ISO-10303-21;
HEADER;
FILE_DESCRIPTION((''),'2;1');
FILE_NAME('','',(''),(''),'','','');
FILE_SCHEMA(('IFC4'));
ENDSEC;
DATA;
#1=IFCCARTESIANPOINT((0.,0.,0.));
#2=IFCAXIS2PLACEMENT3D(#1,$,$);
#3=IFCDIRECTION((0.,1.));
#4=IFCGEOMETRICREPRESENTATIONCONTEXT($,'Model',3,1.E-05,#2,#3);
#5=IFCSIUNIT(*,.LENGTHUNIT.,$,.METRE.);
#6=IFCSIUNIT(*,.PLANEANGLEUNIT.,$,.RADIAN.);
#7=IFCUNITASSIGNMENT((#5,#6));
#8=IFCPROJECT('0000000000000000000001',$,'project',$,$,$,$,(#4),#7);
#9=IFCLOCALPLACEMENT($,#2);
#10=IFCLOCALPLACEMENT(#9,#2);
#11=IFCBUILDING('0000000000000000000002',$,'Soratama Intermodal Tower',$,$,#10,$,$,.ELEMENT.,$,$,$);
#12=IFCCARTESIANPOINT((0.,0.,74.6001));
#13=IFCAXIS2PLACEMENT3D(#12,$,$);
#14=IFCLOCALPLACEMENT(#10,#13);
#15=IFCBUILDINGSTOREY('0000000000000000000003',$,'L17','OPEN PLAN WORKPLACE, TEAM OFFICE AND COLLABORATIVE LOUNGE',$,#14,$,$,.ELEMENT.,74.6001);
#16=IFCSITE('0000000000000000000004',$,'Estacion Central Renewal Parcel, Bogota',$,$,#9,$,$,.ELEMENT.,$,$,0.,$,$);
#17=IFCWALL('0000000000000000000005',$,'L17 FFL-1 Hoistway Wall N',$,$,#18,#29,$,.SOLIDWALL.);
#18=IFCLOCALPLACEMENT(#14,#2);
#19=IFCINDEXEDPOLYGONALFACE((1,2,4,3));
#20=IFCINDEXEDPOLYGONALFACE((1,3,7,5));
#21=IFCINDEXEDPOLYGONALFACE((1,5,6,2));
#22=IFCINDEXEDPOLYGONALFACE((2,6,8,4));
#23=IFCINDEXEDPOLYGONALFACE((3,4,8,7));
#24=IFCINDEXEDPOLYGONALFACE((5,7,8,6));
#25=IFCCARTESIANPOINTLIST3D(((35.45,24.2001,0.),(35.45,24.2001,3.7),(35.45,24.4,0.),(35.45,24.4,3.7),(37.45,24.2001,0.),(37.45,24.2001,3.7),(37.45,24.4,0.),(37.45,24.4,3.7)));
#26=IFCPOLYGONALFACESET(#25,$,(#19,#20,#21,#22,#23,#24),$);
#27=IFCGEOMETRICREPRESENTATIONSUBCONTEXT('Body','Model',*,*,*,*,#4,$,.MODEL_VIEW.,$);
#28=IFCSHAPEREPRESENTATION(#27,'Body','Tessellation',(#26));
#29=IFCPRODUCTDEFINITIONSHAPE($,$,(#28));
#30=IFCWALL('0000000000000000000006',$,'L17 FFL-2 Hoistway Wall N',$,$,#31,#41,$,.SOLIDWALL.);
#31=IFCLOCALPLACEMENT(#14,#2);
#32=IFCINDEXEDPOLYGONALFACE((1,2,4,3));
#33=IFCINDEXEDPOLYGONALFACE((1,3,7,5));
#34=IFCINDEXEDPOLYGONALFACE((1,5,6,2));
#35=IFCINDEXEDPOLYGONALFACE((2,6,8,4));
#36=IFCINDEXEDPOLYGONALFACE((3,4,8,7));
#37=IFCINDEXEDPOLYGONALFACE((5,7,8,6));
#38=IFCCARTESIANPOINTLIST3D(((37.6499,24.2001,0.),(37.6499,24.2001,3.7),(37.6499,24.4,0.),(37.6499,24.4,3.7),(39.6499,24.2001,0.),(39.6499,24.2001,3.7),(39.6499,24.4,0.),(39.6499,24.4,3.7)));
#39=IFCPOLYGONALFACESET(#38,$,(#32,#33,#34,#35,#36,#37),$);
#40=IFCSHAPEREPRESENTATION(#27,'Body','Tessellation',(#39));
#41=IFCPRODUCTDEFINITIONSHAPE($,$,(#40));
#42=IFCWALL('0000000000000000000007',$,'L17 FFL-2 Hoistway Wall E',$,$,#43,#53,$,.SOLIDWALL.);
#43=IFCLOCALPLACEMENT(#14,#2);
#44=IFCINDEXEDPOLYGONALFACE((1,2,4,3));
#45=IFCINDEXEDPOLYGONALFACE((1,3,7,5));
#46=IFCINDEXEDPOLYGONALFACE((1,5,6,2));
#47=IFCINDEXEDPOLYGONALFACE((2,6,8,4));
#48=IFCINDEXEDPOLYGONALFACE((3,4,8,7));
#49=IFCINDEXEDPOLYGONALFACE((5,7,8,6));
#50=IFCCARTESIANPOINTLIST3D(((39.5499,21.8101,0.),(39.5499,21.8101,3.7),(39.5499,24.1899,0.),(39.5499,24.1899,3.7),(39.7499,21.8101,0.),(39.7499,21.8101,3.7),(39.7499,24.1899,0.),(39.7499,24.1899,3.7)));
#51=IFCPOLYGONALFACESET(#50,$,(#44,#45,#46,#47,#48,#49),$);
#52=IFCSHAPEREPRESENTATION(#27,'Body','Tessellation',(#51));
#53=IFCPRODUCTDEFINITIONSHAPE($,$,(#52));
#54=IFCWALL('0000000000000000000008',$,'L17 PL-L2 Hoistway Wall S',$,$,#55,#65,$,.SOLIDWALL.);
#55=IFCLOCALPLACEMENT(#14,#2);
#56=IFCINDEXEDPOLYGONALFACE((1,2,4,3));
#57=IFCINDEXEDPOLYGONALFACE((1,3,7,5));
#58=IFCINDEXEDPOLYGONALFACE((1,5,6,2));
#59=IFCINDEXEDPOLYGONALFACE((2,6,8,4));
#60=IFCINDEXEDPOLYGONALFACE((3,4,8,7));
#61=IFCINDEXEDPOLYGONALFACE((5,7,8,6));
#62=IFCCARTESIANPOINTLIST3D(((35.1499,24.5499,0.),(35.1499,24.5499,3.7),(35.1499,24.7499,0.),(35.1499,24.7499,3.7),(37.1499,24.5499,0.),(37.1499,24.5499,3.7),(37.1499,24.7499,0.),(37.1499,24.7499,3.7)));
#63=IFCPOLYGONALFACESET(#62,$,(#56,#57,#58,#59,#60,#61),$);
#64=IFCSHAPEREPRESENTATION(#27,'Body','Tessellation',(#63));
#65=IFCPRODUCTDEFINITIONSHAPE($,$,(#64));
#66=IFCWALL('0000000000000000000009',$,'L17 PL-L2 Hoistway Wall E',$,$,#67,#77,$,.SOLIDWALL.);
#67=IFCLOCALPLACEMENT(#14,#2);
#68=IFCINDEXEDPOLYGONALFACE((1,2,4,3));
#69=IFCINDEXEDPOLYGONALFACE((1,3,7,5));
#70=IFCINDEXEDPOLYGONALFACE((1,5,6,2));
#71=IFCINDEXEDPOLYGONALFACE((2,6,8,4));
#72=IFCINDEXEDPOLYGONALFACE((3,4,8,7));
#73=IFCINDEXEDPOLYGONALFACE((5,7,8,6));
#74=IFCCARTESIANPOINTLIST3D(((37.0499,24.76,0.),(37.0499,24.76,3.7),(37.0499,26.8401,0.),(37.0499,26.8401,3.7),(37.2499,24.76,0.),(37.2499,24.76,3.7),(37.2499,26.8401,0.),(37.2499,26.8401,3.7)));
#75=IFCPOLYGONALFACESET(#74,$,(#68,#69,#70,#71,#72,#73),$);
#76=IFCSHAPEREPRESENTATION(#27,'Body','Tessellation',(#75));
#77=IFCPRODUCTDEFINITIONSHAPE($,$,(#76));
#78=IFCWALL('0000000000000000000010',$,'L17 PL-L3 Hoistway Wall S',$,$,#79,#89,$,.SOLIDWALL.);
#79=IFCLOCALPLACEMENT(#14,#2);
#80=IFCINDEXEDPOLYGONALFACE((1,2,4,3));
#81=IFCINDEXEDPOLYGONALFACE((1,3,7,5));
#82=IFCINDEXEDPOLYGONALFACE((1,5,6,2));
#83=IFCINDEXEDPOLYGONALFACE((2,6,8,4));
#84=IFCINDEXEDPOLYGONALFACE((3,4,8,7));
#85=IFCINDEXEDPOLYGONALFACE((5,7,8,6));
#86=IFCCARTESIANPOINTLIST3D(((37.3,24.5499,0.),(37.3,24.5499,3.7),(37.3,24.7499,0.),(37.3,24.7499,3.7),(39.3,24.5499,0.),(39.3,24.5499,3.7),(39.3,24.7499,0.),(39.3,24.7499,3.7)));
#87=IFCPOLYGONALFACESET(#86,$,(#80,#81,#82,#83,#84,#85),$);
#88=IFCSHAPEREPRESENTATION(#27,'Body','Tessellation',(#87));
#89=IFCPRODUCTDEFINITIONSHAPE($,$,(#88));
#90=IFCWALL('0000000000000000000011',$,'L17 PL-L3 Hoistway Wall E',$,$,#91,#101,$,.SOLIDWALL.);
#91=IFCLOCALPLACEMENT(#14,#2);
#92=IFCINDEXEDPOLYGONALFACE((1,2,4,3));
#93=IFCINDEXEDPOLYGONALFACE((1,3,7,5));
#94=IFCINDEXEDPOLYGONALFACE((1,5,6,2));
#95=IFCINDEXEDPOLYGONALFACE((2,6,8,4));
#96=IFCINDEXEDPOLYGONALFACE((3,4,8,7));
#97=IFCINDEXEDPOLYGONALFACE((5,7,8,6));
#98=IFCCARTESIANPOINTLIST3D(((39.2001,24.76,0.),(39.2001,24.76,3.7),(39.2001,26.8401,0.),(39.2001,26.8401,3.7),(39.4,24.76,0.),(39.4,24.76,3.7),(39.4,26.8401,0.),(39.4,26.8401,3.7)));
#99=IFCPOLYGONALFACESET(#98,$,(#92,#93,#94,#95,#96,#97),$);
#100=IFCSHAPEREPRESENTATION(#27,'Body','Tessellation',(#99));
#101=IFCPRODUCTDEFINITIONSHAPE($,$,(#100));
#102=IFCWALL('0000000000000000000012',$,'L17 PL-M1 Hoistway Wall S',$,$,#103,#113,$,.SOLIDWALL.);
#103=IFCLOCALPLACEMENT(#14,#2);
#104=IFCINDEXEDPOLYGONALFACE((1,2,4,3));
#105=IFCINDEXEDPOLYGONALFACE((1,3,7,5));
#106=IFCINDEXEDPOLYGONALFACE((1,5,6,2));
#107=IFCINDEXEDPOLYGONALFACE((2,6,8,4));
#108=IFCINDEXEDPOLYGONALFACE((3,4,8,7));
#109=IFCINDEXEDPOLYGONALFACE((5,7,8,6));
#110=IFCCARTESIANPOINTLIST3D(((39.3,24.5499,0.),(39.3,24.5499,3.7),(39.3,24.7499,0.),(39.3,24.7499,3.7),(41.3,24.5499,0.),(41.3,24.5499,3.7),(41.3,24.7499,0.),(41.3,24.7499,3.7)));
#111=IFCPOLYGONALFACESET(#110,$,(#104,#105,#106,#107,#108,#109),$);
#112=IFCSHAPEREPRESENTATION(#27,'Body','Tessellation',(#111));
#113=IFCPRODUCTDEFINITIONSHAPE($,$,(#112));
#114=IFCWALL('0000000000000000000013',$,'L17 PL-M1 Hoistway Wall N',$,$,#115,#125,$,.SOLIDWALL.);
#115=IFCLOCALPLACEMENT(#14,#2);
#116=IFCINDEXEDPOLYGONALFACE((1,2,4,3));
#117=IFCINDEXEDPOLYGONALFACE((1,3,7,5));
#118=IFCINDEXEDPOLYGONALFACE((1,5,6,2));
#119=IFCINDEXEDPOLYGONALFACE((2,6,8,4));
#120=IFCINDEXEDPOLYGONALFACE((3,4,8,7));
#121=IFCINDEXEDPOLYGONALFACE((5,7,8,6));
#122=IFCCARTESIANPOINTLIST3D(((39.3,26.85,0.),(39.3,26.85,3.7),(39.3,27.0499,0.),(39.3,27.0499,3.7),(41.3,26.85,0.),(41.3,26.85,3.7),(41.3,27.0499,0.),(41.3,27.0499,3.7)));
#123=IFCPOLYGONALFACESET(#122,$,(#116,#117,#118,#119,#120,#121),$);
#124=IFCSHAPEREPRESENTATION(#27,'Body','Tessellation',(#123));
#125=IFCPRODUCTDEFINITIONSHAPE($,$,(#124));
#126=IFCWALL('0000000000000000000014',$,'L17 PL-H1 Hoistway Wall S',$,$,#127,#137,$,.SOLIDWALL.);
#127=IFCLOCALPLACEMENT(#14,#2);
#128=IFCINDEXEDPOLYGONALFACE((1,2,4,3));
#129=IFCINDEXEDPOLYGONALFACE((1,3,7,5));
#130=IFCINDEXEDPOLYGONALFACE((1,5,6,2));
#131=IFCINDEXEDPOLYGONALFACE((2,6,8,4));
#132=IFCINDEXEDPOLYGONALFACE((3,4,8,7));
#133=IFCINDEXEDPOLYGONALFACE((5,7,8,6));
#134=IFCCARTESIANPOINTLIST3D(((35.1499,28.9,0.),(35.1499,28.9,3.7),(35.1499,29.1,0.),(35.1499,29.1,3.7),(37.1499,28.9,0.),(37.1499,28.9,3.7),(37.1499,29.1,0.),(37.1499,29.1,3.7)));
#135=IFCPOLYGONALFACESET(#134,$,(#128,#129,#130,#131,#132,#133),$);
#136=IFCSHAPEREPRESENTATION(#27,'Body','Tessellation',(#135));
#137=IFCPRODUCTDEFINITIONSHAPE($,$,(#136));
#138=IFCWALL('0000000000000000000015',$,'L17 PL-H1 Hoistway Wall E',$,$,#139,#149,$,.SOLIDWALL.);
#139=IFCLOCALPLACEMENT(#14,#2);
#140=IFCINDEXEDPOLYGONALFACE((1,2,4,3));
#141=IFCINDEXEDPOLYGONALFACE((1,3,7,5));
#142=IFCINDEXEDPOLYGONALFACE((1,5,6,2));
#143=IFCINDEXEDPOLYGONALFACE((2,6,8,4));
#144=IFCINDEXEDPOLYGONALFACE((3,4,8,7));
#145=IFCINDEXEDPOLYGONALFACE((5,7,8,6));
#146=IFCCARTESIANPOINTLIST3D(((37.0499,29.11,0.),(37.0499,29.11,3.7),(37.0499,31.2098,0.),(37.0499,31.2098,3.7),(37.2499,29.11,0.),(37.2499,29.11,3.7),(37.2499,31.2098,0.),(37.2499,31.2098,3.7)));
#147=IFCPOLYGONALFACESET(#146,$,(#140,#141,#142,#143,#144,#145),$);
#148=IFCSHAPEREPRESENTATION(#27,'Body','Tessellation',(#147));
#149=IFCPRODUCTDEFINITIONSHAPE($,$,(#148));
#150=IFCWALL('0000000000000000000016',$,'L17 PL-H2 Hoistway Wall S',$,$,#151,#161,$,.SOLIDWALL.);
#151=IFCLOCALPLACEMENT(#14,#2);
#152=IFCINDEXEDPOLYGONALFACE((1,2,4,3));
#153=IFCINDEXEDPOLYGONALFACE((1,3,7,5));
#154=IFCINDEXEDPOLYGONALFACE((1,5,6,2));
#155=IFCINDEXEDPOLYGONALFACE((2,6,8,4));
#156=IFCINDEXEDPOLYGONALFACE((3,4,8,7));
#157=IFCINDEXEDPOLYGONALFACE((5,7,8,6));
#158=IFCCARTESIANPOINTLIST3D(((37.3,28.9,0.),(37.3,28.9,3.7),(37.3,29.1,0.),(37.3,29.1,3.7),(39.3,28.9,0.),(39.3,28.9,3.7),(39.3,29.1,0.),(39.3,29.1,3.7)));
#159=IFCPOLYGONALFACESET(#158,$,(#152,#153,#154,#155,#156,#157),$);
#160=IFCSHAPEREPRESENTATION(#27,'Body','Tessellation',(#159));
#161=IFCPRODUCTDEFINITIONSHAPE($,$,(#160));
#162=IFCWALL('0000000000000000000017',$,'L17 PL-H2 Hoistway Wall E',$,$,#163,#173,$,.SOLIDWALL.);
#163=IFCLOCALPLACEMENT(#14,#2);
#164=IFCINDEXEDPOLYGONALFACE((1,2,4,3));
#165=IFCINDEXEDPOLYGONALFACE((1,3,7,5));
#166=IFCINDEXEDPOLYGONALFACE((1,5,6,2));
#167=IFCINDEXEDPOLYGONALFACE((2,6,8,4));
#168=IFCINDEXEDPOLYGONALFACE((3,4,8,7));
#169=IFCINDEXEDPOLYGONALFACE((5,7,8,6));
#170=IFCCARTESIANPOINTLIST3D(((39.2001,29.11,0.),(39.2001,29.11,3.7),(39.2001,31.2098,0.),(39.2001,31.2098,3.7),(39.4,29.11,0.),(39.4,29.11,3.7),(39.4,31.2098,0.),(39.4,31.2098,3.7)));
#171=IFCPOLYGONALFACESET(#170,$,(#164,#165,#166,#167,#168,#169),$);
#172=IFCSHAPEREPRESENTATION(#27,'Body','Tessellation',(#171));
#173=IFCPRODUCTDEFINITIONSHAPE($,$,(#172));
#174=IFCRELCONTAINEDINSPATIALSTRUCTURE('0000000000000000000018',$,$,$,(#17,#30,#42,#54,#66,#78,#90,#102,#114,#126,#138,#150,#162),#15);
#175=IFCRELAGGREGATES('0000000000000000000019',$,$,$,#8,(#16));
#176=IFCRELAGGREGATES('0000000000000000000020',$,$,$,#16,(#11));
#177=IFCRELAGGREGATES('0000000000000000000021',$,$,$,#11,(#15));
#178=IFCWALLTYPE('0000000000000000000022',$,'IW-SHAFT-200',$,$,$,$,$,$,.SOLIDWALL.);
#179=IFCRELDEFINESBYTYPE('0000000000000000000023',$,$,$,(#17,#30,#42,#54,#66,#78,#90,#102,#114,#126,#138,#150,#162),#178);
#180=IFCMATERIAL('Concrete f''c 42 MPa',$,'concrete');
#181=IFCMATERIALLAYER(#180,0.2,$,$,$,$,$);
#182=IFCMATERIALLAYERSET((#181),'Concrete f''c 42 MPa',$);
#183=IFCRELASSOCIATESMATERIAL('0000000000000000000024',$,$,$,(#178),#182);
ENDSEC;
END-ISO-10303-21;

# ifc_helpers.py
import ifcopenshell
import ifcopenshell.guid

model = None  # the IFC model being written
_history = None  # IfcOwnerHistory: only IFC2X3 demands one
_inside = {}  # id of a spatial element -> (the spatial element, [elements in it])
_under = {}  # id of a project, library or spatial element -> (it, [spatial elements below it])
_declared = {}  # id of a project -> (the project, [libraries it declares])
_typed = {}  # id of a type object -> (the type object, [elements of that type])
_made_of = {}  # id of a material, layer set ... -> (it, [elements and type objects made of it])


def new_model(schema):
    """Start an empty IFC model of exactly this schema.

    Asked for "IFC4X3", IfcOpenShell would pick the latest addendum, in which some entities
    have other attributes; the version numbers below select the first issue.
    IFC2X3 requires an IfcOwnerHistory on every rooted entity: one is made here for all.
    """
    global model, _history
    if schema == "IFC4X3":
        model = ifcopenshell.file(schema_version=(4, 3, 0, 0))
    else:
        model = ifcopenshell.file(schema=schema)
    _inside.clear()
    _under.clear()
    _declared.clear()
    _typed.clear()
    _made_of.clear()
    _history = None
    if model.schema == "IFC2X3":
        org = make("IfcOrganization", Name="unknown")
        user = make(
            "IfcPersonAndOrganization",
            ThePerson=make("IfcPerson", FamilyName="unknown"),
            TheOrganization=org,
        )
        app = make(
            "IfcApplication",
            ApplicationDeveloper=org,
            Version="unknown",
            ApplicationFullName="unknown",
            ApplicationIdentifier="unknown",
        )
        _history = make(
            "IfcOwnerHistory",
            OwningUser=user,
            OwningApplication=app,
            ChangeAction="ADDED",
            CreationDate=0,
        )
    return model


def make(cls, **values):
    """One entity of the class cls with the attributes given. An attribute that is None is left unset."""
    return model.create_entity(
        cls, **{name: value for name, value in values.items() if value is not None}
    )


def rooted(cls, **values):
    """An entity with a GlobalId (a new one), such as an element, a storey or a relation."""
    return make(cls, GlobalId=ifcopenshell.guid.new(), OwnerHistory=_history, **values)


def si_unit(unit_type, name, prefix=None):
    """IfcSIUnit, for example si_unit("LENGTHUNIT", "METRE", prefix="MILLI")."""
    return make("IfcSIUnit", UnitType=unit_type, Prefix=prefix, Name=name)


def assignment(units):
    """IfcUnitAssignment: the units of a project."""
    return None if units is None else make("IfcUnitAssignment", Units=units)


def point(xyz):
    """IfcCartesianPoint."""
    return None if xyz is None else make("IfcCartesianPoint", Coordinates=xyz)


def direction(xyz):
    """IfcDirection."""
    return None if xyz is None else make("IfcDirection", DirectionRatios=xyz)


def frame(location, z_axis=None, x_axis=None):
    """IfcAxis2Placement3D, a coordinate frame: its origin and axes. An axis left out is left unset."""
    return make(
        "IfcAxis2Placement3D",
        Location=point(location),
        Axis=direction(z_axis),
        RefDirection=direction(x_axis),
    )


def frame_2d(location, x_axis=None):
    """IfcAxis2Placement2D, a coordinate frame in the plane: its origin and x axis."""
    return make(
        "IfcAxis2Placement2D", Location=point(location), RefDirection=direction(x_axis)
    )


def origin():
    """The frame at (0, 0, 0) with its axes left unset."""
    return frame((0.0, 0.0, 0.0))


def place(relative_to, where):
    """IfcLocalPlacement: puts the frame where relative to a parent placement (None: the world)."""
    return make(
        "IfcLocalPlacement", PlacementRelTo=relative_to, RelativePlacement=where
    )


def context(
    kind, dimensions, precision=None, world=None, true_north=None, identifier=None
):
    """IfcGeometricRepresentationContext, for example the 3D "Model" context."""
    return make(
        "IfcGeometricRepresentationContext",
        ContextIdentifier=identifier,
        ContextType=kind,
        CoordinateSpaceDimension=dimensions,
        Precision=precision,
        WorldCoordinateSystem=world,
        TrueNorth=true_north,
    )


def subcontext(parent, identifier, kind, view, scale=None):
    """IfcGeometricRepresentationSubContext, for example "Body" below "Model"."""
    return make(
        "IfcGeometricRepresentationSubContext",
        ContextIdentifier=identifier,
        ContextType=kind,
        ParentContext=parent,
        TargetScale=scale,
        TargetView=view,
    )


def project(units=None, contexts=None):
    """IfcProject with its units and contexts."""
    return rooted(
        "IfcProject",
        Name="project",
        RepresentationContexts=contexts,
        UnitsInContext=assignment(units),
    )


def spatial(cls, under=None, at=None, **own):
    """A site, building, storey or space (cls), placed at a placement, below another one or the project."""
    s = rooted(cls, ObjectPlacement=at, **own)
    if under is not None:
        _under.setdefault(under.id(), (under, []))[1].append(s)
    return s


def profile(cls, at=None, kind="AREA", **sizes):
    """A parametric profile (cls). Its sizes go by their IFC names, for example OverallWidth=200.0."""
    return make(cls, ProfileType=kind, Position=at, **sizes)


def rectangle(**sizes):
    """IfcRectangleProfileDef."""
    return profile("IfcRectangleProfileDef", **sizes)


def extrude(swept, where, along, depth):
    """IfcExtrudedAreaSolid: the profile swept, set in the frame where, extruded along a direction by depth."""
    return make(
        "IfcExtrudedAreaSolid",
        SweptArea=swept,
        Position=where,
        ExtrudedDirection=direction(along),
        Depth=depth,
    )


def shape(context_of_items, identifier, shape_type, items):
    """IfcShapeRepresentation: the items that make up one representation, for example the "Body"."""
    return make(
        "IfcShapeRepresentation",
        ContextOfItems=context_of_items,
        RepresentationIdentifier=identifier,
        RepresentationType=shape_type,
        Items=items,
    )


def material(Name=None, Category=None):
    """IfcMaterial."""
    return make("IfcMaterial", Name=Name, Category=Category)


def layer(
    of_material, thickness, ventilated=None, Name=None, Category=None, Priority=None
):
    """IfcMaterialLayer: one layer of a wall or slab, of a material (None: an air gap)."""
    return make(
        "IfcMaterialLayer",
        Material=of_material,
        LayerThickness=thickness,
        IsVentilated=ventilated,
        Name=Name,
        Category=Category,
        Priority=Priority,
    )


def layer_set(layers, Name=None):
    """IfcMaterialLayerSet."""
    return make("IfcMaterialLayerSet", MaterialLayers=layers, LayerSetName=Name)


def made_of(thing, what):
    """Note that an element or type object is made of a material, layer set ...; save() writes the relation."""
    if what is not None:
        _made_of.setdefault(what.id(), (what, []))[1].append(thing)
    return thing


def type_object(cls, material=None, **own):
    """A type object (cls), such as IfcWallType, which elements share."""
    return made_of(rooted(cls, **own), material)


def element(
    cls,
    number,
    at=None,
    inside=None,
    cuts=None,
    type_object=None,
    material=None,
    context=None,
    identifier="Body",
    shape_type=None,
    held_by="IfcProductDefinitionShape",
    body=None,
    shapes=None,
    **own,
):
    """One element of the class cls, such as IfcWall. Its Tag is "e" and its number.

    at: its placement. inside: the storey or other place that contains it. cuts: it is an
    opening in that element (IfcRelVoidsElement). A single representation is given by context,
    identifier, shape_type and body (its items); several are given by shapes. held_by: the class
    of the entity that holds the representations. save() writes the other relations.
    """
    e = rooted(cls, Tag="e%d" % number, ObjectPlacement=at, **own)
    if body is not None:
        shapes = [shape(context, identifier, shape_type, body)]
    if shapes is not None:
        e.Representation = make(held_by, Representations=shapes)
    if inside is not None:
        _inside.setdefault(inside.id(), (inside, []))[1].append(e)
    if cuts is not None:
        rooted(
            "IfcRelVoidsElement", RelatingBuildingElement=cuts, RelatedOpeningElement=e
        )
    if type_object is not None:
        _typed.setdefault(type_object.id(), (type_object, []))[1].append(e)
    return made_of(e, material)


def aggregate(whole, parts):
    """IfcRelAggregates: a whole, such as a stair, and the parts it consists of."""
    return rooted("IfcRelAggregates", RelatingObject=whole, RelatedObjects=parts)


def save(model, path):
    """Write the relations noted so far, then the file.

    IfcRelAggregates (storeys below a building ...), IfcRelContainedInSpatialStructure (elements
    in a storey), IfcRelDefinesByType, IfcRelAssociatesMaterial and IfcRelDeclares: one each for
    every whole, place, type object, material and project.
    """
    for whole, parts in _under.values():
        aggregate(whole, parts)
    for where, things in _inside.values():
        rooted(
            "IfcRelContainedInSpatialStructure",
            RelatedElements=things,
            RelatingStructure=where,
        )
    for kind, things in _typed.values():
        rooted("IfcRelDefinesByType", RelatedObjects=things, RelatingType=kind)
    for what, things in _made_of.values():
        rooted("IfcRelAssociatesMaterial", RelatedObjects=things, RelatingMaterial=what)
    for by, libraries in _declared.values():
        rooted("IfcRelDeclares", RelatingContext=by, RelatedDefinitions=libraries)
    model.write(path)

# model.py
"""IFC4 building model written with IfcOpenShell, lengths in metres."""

from ifc_helpers import new_model, si_unit, direction, frame, frame_2d, origin, place, context, subcontext, project, spatial, rectangle, extrude, material, layer, layer_set, type_object, element, save


model = new_model("IFC4")

# Units and contexts
model_context = context("Model", 3, precision=1e-05, world=origin(), true_north=direction((0.0, 1.0)))
body_context = subcontext(model_context, "Body", "Model", "MODEL_VIEW")
ifc_project = project(units=[si_unit("LENGTHUNIT", "METRE"), si_unit("PLANEANGLEUNIT", "RADIAN")], contexts=[model_context])

# Site, building, storey
site_placement = place(None, origin())
site = spatial("IfcSite", under=ifc_project, at=site_placement, Name="Estacion Central Renewal Parcel, Bogota", CompositionType="ELEMENT", RefElevation=0.0)
building_placement = place(site_placement, origin())
building = spatial("IfcBuilding", under=site, at=building_placement, Name="Soratama Intermodal Tower", CompositionType="ELEMENT")
storey_placement = place(building_placement, frame((0.0, 0.0, 74.6001)))
storey = spatial("IfcBuildingStorey", under=building, at=storey_placement, Name="L17", Description="OPEN PLAN WORKPLACE, TEAM OFFICE AND COLLABORATIVE LOUNGE", CompositionType="ELEMENT", Elevation=74.6001)

# Walls
ifc_material_1 = material(Name="Concrete f'c 42 MPa", Category="concrete")
ifc_layer_1 = layer(ifc_material_1, 0.2)
ifc_layer_set_1 = layer_set([ifc_layer_1], Name="Concrete f'c 42 MPa")
wall_type = type_object("IfcWallType", Name="IW-SHAFT-200", PredefinedType="SOLIDWALL", material=ifc_layer_set_1)
for number, where, z_axis, x_axis, name in (
    (1, (35.45, 24.3, 0.0), (0.0, 0.0, 1.0), (1.0, 0.0, 0.0), "L17 FFL-1 Hoistway Wall N"),
    (2, (37.6499, 24.3, 0.0), (0.0, 0.0, 1.0), (1.0, 0.0, 0.0), "L17 FFL-2 Hoistway Wall N"),
):
    element("IfcWall", number, at=place(storey_placement, frame(where, z_axis=z_axis, x_axis=x_axis)), inside=storey, type_object=wall_type, Name=name, PredefinedType="SOLIDWALL", context=body_context, shape_type="SweptSolid", body=[
        extrude(rectangle(XDim=2.0, YDim=0.2, at=frame_2d((1.0, 0.0))), origin(), (0.0, 0.0, 1.0), 3.7),
    ])
wall_1_placement = place(storey_placement, frame((39.6499, 21.8101, 0.0), z_axis=(0.0, 0.0, 1.0), x_axis=(0.0, 1.0, 0.0)))
element("IfcWall", 3, at=wall_1_placement, inside=storey, type_object=wall_type, Name="L17 FFL-2 Hoistway Wall E", PredefinedType="SOLIDWALL", context=body_context, shape_type="SweptSolid", body=[
    extrude(rectangle(XDim=2.3799, YDim=0.2, at=frame_2d((1.1899, 0.0))), origin(), (0.0, 0.0, 1.0), 3.7),
])
wall_2_placement = place(storey_placement, frame((35.1499, 24.6499, 0.0), z_axis=(0.0, 0.0, 1.0), x_axis=(1.0, 0.0, 0.0)))
element("IfcWall", 4, at=wall_2_placement, inside=storey, type_object=wall_type, Name="L17 PL-L2 Hoistway Wall S", PredefinedType="SOLIDWALL", context=body_context, shape_type="SweptSolid", body=[
    extrude(rectangle(XDim=2.0, YDim=0.2, at=frame_2d((1.0, 0.0))), origin(), (0.0, 0.0, 1.0), 3.7),
])

# Walls
wall_3_placement = place(storey_placement, frame((37.1499, 24.76, 0.0), z_axis=(0.0, 0.0, 1.0), x_axis=(0.0, 1.0, 0.0)))
element("IfcWall", 5, at=wall_3_placement, inside=storey, type_object=wall_type, Name="L17 PL-L2 Hoistway Wall E", PredefinedType="SOLIDWALL", context=body_context, shape_type="SweptSolid", body=[
    extrude(rectangle(XDim=2.0801, YDim=0.2, at=frame_2d((1.04, 0.0))), origin(), (0.0, 0.0, 1.0), 3.7),
])
wall_4_placement = place(storey_placement, frame((37.3, 24.6499, 0.0), z_axis=(0.0, 0.0, 1.0), x_axis=(1.0, 0.0, 0.0)))
element("IfcWall", 6, at=wall_4_placement, inside=storey, type_object=wall_type, Name="L17 PL-L3 Hoistway Wall S", PredefinedType="SOLIDWALL", context=body_context, shape_type="SweptSolid", body=[
    extrude(rectangle(XDim=2.0, YDim=0.2, at=frame_2d((1.0, 0.0))), origin(), (0.0, 0.0, 1.0), 3.7),
])

# Walls
wall_5_placement = place(storey_placement, frame((39.3, 24.76, 0.0), z_axis=(0.0, 0.0, 1.0), x_axis=(0.0, 1.0, 0.0)))
element("IfcWall", 7, at=wall_5_placement, inside=storey, type_object=wall_type, Name="L17 PL-L3 Hoistway Wall E", PredefinedType="SOLIDWALL", context=body_context, shape_type="SweptSolid", body=[
    extrude(rectangle(XDim=2.0801, YDim=0.2, at=frame_2d((1.04, 0.0))), origin(), (0.0, 0.0, 1.0), 3.7),
])
for number, where, z_axis, x_axis, name in (
    (8, (39.3, 24.6499, 0.0), (0.0, 0.0, 1.0), (1.0, 0.0, 0.0), "L17 PL-M1 Hoistway Wall S"),
    (9, (39.3, 26.95, 0.0), (0.0, 0.0, 1.0), (1.0, 0.0, 0.0), "L17 PL-M1 Hoistway Wall N"),
    (10, (35.1499, 29.0, 0.0), (0.0, 0.0, 1.0), (1.0, 0.0, 0.0), "L17 PL-H1 Hoistway Wall S"),
):
    element("IfcWall", number, at=place(storey_placement, frame(where, z_axis=z_axis, x_axis=x_axis)), inside=storey, type_object=wall_type, Name=name, PredefinedType="SOLIDWALL", context=body_context, shape_type="SweptSolid", body=[
        extrude(rectangle(XDim=2.0, YDim=0.2, at=frame_2d((1.0, 0.0))), origin(), (0.0, 0.0, 1.0), 3.7),
    ])
wall_6_placement = place(storey_placement, frame((37.1499, 29.1101, 0.0), z_axis=(0.0, 0.0, 1.0), x_axis=(0.0, 1.0, 0.0)))
element("IfcWall", 11, at=wall_6_placement, inside=storey, type_object=wall_type, Name="L17 PL-H1 Hoistway Wall E", PredefinedType="SOLIDWALL", context=body_context, shape_type="SweptSolid", body=[
    extrude(rectangle(XDim=2.0999, YDim=0.2, at=frame_2d((1.0498, 0.0))), origin(), (0.0, 0.0, 1.0), 3.7),
])
wall_7_placement = place(storey_placement, frame((37.3, 29.0, 0.0), z_axis=(0.0, 0.0, 1.0), x_axis=(1.0, 0.0, 0.0)))
element("IfcWall", 12, at=wall_7_placement, inside=storey, type_object=wall_type, Name="L17 PL-H2 Hoistway Wall S", PredefinedType="SOLIDWALL", context=body_context, shape_type="SweptSolid", body=[
    extrude(rectangle(XDim=2.0, YDim=0.2, at=frame_2d((1.0, 0.0))), origin(), (0.0, 0.0, 1.0), 3.7),
])
wall_8_placement = place(storey_placement, frame((39.3, 29.1101, 0.0), z_axis=(0.0, 0.0, 1.0), x_axis=(0.0, 1.0, 0.0)))
element("IfcWall", 13, at=wall_8_placement, inside=storey, type_object=wall_type, Name="L17 PL-H2 Hoistway Wall E", PredefinedType="SOLIDWALL", context=body_context, shape_type="SweptSolid", body=[
    extrude(rectangle(XDim=2.0999, YDim=0.2, at=frame_2d((1.0498, 0.0))), origin(), (0.0, 0.0, 1.0), 3.7),
])

save(model, "model.ifc")
